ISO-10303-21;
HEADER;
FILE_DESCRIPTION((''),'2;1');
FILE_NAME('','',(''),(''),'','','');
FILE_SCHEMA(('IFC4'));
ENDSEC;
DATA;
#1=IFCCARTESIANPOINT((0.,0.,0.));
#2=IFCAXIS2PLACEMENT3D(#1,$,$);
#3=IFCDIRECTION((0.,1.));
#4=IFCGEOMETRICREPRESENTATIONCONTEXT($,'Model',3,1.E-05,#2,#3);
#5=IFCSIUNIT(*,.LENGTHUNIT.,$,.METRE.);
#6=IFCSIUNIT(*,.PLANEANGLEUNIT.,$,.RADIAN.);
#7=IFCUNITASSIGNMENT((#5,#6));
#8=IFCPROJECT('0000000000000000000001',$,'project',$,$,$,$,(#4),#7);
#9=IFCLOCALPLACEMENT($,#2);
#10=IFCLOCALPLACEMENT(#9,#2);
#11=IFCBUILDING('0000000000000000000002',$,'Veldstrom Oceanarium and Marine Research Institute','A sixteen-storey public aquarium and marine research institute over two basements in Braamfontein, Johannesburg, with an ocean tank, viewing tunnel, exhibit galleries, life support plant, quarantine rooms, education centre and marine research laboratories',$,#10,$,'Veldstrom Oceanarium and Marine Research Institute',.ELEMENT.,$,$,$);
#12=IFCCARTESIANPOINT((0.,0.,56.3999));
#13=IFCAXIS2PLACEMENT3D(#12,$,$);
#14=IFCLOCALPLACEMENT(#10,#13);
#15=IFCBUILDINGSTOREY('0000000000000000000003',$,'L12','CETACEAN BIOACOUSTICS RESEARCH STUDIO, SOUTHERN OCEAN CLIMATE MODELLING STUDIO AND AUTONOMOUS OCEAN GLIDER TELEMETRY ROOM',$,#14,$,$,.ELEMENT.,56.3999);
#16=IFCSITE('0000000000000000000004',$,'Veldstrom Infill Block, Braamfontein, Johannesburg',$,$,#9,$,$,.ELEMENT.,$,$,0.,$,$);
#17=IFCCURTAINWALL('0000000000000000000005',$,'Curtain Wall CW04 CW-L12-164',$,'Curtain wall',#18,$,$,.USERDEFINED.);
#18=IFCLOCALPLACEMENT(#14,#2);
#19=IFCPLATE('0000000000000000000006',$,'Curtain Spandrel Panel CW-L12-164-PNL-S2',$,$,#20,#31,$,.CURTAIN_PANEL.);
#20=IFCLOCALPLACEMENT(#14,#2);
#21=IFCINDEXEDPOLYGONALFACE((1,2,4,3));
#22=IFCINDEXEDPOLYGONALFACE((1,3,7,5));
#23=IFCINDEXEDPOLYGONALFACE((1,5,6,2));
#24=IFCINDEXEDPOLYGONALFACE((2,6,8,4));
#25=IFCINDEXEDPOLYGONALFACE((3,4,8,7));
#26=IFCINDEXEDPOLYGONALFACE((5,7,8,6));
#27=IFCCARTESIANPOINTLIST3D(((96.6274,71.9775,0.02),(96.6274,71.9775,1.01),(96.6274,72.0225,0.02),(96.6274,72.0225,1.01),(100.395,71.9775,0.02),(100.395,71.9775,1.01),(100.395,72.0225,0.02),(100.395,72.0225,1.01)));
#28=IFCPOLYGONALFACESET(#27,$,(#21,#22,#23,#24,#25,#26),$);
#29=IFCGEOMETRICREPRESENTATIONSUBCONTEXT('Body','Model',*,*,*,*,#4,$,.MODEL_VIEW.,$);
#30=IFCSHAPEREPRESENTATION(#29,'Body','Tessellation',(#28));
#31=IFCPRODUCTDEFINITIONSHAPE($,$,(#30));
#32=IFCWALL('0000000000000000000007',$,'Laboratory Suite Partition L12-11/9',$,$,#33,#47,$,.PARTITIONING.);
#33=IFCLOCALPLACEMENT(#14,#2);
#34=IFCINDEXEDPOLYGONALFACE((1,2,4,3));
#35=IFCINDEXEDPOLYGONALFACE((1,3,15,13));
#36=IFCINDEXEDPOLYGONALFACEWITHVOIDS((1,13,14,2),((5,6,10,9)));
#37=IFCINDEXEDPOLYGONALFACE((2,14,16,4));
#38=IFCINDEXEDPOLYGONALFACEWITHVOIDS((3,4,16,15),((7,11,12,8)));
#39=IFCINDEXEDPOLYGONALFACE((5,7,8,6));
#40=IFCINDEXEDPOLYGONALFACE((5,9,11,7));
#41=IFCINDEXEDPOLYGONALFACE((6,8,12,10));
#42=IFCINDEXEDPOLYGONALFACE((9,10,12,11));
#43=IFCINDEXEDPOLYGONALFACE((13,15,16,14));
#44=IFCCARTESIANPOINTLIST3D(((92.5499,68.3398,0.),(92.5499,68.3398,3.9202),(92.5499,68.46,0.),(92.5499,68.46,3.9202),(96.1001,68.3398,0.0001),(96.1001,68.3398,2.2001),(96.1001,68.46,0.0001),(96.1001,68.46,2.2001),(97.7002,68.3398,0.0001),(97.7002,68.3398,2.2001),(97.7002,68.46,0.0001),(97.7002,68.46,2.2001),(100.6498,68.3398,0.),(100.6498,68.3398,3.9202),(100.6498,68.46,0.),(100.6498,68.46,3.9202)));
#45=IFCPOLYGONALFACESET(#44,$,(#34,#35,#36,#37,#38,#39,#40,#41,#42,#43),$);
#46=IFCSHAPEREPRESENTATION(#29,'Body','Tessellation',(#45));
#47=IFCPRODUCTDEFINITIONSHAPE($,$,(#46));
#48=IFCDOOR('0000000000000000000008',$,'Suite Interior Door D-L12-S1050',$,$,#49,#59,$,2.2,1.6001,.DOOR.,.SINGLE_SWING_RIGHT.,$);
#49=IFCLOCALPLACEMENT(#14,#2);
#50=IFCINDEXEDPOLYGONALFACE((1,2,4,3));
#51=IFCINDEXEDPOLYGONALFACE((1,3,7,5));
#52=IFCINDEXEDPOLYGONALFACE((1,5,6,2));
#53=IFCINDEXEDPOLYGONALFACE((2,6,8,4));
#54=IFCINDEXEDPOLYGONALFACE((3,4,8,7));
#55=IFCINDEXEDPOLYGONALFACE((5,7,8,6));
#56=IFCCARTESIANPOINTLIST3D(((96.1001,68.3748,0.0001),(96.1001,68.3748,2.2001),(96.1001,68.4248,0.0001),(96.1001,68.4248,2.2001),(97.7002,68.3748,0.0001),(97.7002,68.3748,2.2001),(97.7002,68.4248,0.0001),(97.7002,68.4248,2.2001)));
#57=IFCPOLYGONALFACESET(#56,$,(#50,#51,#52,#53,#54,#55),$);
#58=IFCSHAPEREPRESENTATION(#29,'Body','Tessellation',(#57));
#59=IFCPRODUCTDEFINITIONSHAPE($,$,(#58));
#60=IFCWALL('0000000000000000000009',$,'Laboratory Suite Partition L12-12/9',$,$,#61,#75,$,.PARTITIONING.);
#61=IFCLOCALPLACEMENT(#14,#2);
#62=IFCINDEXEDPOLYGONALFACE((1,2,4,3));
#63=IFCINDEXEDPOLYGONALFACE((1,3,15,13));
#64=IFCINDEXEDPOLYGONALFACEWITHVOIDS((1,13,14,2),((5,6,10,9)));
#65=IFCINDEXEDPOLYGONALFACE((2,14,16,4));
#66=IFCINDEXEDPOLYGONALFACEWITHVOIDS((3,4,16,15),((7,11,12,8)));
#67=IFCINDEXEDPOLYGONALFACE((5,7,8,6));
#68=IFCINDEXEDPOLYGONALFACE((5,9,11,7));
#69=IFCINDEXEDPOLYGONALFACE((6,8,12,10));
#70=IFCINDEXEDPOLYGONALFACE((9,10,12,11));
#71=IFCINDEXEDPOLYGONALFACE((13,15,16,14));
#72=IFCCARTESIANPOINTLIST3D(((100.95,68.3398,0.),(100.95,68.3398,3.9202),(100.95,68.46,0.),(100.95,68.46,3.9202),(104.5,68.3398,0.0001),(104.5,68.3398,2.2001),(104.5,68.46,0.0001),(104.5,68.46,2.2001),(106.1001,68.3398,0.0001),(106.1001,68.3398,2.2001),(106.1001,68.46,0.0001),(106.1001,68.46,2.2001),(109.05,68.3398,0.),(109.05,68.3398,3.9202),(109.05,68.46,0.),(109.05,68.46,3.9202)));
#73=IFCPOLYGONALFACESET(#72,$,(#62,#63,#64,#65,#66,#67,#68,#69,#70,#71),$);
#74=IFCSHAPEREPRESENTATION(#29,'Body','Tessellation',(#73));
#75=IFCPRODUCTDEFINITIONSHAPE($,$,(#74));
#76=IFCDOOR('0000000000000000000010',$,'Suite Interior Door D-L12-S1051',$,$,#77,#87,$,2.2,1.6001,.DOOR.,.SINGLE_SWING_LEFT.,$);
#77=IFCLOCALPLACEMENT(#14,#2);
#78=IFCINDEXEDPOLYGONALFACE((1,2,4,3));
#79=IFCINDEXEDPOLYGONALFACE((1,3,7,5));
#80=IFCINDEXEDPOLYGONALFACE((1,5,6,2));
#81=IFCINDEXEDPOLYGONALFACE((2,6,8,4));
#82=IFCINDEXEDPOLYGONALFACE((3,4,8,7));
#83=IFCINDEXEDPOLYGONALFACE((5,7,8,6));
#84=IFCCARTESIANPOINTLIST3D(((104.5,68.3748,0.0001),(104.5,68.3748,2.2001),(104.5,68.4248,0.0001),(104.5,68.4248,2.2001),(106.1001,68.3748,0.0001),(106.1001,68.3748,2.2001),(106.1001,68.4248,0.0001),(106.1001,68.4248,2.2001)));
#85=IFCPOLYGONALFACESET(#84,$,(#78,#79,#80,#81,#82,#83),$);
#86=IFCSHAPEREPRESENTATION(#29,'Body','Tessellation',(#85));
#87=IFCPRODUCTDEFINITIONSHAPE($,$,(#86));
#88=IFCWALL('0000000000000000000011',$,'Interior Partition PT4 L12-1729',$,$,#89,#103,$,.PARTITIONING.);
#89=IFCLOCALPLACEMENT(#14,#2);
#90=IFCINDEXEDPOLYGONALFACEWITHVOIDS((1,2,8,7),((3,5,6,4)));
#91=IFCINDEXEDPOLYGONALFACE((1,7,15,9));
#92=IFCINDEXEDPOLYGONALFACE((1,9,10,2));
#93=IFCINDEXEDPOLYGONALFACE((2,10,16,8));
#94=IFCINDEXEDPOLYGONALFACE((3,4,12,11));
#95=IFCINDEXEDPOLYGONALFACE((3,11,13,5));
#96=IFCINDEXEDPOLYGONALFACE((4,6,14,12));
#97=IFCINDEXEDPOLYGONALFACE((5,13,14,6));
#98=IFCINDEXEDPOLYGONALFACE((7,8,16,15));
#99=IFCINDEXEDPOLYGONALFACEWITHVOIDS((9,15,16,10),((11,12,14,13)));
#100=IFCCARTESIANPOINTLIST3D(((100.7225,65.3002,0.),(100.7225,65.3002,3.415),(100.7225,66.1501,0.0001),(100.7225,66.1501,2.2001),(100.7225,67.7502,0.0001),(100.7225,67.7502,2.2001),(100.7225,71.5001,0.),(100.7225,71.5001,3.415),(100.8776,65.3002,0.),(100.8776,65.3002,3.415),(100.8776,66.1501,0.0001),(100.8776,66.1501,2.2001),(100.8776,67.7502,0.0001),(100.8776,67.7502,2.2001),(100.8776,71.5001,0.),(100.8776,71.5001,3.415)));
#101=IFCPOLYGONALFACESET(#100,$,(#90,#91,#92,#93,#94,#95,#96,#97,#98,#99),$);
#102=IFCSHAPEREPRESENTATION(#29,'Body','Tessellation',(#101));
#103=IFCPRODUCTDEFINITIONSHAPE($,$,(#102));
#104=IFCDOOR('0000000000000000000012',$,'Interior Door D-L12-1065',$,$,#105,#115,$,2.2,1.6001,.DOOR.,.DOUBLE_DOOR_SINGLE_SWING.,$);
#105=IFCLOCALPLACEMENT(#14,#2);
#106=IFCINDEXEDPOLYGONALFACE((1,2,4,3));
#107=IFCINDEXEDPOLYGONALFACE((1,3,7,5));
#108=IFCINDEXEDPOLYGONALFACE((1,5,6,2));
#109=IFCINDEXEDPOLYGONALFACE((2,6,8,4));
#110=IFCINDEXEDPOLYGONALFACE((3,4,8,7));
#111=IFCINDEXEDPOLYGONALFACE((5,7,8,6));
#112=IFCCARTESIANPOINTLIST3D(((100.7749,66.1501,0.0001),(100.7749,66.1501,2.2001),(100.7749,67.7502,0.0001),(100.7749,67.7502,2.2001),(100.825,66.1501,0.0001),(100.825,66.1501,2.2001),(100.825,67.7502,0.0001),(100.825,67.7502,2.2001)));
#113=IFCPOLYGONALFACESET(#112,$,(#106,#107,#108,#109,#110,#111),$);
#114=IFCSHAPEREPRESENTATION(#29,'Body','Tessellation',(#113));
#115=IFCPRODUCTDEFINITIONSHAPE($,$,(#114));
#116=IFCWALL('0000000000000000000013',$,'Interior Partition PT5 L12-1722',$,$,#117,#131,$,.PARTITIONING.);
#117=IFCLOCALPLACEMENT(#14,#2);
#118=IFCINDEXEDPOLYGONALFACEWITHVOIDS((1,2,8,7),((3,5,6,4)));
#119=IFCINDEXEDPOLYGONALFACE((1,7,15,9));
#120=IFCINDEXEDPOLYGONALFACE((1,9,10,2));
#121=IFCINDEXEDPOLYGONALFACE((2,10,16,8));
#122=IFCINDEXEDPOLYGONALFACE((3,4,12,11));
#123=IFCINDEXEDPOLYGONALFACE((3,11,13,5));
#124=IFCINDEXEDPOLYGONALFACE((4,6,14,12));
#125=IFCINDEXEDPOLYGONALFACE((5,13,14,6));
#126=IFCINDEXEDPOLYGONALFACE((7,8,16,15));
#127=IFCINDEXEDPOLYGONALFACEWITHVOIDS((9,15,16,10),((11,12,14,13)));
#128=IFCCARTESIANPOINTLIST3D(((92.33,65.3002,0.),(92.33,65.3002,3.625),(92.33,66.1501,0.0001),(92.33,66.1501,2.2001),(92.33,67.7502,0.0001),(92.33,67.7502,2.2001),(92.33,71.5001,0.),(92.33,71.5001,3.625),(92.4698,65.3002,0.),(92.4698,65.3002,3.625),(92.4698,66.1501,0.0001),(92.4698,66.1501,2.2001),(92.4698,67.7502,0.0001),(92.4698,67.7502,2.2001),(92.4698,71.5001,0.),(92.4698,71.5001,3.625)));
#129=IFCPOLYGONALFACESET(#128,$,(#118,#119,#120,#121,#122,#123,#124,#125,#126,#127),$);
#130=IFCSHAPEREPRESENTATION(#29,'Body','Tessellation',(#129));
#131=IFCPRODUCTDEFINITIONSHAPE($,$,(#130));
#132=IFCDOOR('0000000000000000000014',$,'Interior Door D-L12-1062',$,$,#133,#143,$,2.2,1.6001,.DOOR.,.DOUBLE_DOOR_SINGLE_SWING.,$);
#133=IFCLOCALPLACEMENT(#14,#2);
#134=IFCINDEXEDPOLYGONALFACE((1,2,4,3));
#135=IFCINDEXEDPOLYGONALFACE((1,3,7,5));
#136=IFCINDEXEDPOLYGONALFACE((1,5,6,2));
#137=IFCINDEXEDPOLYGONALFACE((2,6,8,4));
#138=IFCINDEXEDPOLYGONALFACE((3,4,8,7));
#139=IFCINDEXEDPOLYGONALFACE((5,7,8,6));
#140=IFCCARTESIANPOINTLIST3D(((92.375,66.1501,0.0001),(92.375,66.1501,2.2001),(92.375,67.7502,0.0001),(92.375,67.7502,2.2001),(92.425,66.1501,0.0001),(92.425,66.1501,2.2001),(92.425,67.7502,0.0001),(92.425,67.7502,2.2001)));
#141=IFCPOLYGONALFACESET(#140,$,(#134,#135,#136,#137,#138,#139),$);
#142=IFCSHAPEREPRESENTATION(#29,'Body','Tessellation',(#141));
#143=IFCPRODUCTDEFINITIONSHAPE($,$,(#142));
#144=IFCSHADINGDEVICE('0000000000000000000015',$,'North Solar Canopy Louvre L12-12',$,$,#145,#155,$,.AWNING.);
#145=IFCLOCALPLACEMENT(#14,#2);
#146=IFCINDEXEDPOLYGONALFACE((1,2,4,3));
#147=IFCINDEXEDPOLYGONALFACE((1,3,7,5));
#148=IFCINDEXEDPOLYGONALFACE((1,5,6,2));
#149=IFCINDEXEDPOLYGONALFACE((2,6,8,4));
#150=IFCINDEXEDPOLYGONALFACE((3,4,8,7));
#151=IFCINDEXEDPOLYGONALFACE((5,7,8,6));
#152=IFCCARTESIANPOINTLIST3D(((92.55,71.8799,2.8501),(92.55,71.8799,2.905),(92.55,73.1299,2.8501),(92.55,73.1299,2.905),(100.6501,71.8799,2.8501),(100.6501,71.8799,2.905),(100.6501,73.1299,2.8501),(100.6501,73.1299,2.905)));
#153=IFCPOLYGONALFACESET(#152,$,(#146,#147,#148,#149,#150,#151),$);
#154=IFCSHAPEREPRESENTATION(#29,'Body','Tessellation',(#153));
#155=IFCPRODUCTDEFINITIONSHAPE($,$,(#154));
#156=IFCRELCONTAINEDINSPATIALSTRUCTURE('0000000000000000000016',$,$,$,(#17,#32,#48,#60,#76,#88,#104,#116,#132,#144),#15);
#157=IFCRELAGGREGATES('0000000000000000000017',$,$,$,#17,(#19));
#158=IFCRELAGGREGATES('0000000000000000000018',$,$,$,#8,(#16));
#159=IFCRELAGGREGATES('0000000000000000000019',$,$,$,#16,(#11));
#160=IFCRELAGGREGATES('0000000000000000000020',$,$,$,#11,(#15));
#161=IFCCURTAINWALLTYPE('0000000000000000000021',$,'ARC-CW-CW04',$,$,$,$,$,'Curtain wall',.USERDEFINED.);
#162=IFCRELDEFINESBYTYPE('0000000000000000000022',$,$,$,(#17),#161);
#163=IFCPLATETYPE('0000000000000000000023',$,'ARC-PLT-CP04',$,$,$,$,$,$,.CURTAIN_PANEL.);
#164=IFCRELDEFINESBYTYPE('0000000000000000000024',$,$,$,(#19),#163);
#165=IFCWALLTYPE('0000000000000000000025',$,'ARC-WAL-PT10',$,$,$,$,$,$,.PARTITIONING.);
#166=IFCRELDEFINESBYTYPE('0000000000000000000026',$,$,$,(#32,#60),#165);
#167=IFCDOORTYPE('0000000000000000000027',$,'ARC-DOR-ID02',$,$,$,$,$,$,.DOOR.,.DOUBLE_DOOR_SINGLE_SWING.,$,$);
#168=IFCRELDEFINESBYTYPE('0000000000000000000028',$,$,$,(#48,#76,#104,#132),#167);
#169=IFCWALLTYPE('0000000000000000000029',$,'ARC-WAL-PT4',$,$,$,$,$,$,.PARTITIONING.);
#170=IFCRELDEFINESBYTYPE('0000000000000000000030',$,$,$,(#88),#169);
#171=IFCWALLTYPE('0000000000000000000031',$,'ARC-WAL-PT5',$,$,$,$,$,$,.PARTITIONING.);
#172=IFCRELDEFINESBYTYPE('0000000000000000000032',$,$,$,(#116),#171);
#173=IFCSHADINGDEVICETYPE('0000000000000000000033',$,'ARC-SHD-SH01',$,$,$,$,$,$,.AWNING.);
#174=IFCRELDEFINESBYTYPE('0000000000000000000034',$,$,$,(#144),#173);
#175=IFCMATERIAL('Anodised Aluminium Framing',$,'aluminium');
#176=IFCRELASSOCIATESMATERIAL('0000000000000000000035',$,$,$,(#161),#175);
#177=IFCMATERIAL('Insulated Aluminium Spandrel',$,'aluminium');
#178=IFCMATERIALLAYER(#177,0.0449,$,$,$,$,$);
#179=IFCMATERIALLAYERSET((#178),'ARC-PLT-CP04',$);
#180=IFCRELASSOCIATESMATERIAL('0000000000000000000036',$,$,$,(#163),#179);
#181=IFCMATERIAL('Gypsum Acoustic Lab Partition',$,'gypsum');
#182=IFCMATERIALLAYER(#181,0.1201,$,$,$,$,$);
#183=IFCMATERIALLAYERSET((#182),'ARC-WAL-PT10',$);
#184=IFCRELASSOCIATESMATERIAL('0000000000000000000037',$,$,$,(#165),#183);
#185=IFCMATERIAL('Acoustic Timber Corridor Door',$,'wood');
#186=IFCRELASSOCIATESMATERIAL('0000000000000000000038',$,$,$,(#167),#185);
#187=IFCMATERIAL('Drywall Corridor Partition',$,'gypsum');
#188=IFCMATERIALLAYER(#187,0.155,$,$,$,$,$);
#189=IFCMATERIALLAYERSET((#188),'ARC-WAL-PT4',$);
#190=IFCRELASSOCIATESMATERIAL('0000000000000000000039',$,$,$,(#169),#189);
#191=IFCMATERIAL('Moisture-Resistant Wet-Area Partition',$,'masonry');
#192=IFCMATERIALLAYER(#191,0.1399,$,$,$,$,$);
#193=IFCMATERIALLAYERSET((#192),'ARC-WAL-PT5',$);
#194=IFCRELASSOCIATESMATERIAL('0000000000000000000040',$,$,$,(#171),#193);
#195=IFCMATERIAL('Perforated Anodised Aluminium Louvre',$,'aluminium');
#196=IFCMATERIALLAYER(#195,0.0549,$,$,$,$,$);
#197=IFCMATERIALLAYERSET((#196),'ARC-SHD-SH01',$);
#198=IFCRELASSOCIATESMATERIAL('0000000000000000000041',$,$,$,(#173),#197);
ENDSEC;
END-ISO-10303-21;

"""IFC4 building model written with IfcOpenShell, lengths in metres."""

from ifc_helpers import new_model, si_unit, direction, frame, frame_2d, origin, origin_2d, place, context, subcontext, project, spatial, rectangle, extrude, material, layer, layer_set, type_object, element, fill, aggregate, save


model = new_model("IFC4")

# Units and contexts
model_context = context("Model", 3, precision=1e-05, world=origin(), true_north=direction((0.0, 1.0)))
body_context = subcontext(model_context, "Body", "Model", "MODEL_VIEW")
ifc_project = project(units=[si_unit("LENGTHUNIT", "METRE"), si_unit("PLANEANGLEUNIT", "RADIAN")], contexts=[model_context])

# Site, building, storey
site_placement = place(None, origin())
site = spatial("IfcSite", under=ifc_project, at=site_placement, Name="Veldstrom Infill Block, Braamfontein, Johannesburg", CompositionType="ELEMENT", RefElevation=0.0)
building_placement = place(site_placement, origin())
building = spatial("IfcBuilding", under=site, at=building_placement, Name="Veldstrom Oceanarium and Marine Research Institute", Description="A sixteen-storey public aquarium and marine research institute over two basements in Braamfontein, Johannesburg, with an ocean tank, viewing tunnel, exhibit galleries, life support plant, quarantine rooms, education centre and marine research laboratories", LongName="Veldstrom Oceanarium and Marine Research Institute", CompositionType="ELEMENT")
storey_placement = place(building_placement, frame((0.0, 0.0, 56.3999)))
storey = spatial("IfcBuildingStorey", under=building, at=storey_placement, Name="L12", Description="CETACEAN BIOACOUSTICS RESEARCH STUDIO, SOUTHERN OCEAN CLIMATE MODELLING STUDIO AND AUTONOMOUS OCEAN GLIDER TELEMETRY ROOM", CompositionType="ELEMENT", Elevation=56.3999)

# Curtain wall
ifc_material_1 = material(Name="Anodised Aluminium Framing", Category="aluminium")
curtain_wall_type = type_object("IfcCurtainWallType", Name="ARC-CW-CW04", ElementType="Curtain wall", PredefinedType="USERDEFINED", material=ifc_material_1)
curtain_wall_placement = place(storey_placement, origin())
curtain_wall = element("IfcCurtainWall", 1, at=curtain_wall_placement, inside=storey, type_object=curtain_wall_type, Name="Curtain Wall CW04 CW-L12-164", ObjectType="Curtain wall", PredefinedType="USERDEFINED")

# Plate
ifc_material_2 = material(Name="Insulated Aluminium Spandrel", Category="aluminium")
ifc_layer_1 = layer(ifc_material_2, 0.0449)
ifc_layer_set_1 = layer_set([ifc_layer_1], Name="ARC-PLT-CP04")
plate_type_1 = type_object("IfcPlateType", Name="ARC-PLT-CP04", PredefinedType="CURTAIN_PANEL", material=ifc_layer_set_1)
plate_1_placement = place(storey_placement, frame((98.5112, 72.0, 0.02), z_axis=(0.0, 0.0, 1.0), x_axis=(1.0, 0.0, 0.0)))
plate_1 = element("IfcPlate", 2, at=plate_1_placement, type_object=plate_type_1, Name="Curtain Spandrel Panel CW-L12-164-PNL-S2", PredefinedType="CURTAIN_PANEL", context=body_context, shape_type="SweptSolid", body=[
    extrude(rectangle(XDim=3.7676, YDim=0.0449, at=origin_2d()), origin(), (0.0, 0.0, 1.0), 0.99),
])
aggregate(curtain_wall, [plate_1])

# Walls, openings, doors
ifc_material_3 = material(Name="Gypsum Acoustic Lab Partition", Category="gypsum")
ifc_layer_2 = layer(ifc_material_3, 0.1201)
ifc_layer_set_2 = layer_set([ifc_layer_2], Name="ARC-WAL-PT10")
wall_type_1 = type_object("IfcWallType", Name="ARC-WAL-PT10", PredefinedType="PARTITIONING", material=ifc_layer_set_2)
wall_1_placement = place(storey_placement, frame((92.55, 68.3999, 0.0), z_axis=(0.0, 0.0, 1.0), x_axis=(1.0, 0.0, 0.0)))
wall_1 = element("IfcWall", 3, at=wall_1_placement, inside=storey, type_object=wall_type_1, Name="Laboratory Suite Partition L12-11/9", PredefinedType="PARTITIONING", context=body_context, shape_type="SweptSolid", body=[
    extrude(rectangle(XDim=8.0999, YDim=0.1201, at=frame_2d((4.0498, 0.0))), origin(), (0.0, 0.0, 1.0), 3.9202),
])
opening_1_placement = place(wall_1_placement, frame((3.55, 0.0, 0.0)))
opening_1 = element("IfcOpeningElement", 4, at=opening_1_placement, cuts=wall_1, PredefinedType="OPENING", context=body_context, shape_type="SweptSolid", body=[
    extrude(rectangle(XDim=1.6001, YDim=2.2, at=frame_2d((0.8, 1.1001))), frame((0.0, 0.0701, 0.0), z_axis=(0.0, -1.0, 0.0), x_axis=(1.0, 0.0, 0.0)), (0.0, 0.0, 1.0), 0.1401),
])
ifc_material_4 = material(Name="Acoustic Timber Corridor Door", Category="wood")
door_type = type_object("IfcDoorType", Name="ARC-DOR-ID02", OperationType="DOUBLE_DOOR_SINGLE_SWING", PredefinedType="DOOR", material=ifc_material_4)
door_1_placement = place(opening_1_placement, origin())
door_1 = element("IfcDoor", 5, at=door_1_placement, inside=storey, type_object=door_type, Name="Suite Interior Door D-L12-S1050", OperationType="SINGLE_SWING_RIGHT", OverallHeight=2.2, OverallWidth=1.6001, PredefinedType="DOOR", context=body_context, shape_type="SweptSolid", body=[
    extrude(rectangle(XDim=1.6001, YDim=2.2, at=frame_2d((0.8, 1.1001))), frame((0.0, 0.0249, 0.0), z_axis=(0.0, -1.0, 0.0), x_axis=(1.0, 0.0, 0.0)), (0.0, 0.0, 1.0), 0.05),
])
fill(opening_1, door_1)
wall_2_placement = place(storey_placement, frame((100.95, 68.3999, 0.0), z_axis=(0.0, 0.0, 1.0), x_axis=(1.0, 0.0, 0.0)))
wall_2 = element("IfcWall", 6, at=wall_2_placement, inside=storey, type_object=wall_type_1, Name="Laboratory Suite Partition L12-12/9", PredefinedType="PARTITIONING", context=body_context, shape_type="SweptSolid", body=[
    extrude(rectangle(XDim=8.1001, YDim=0.1201, at=frame_2d((4.05, 0.0))), origin(), (0.0, 0.0, 1.0), 3.9202),
])
opening_2_placement = place(wall_2_placement, frame((3.55, 0.0, 0.0)))
opening_2 = element("IfcOpeningElement", 7, at=opening_2_placement, cuts=wall_2, PredefinedType="OPENING", context=body_context, shape_type="SweptSolid", body=[
    extrude(rectangle(XDim=1.6001, YDim=2.2, at=frame_2d((0.8, 1.1001))), frame((0.0, 0.0701, 0.0), z_axis=(0.0, -1.0, 0.0), x_axis=(1.0, 0.0, 0.0)), (0.0, 0.0, 1.0), 0.1401),
])
door_2_placement = place(opening_2_placement, origin())
door_2 = element("IfcDoor", 8, at=door_2_placement, inside=storey, type_object=door_type, Name="Suite Interior Door D-L12-S1051", OperationType="SINGLE_SWING_LEFT", OverallHeight=2.2, OverallWidth=1.6001, PredefinedType="DOOR", context=body_context, shape_type="SweptSolid", body=[
    extrude(rectangle(XDim=1.6001, YDim=2.2, at=frame_2d((0.8, 1.1001))), frame((0.0, 0.0249, 0.0), z_axis=(0.0, -1.0, 0.0), x_axis=(1.0, 0.0, 0.0)), (0.0, 0.0, 1.0), 0.05),
])
fill(opening_2, door_2)
ifc_material_5 = material(Name="Drywall Corridor Partition", Category="gypsum")
ifc_layer_3 = layer(ifc_material_5, 0.155)
ifc_layer_set_3 = layer_set([ifc_layer_3], Name="ARC-WAL-PT4")
wall_type_2 = type_object("IfcWallType", Name="ARC-WAL-PT4", PredefinedType="PARTITIONING", material=ifc_layer_set_3)
wall_3_placement = place(storey_placement, frame((100.8, 65.3, 0.0), z_axis=(0.0, 0.0, 1.0), x_axis=(0.0, 1.0, 0.0)))
wall_3 = element("IfcWall", 9, at=wall_3_placement, inside=storey, type_object=wall_type_2, Name="Interior Partition PT4 L12-1729", PredefinedType="PARTITIONING", context=body_context, shape_type="SweptSolid", body=[
    extrude(rectangle(XDim=6.2, YDim=0.155, at=frame_2d((3.1001, 0.0))), origin(), (0.0, 0.0, 1.0), 3.415),
])
opening_3_placement = place(wall_3_placement, frame((0.8501, 0.0, 0.0)))
opening_3 = element("IfcOpeningElement", 10, at=opening_3_placement, cuts=wall_3, PredefinedType="OPENING", context=body_context, shape_type="SweptSolid", body=[
    extrude(rectangle(XDim=1.6001, YDim=2.2, at=frame_2d((0.8, 1.1001))), frame((0.0, 0.0874, 0.0), z_axis=(0.0, -1.0, 0.0), x_axis=(1.0, 0.0, 0.0)), (0.0, 0.0, 1.0), 0.175),
])
door_3_placement = place(opening_3_placement, frame((1.6001, 0.0, 0.0), z_axis=(0.0, 0.0, 1.0), x_axis=(-1.0, 0.0, 0.0)))
door_3 = element("IfcDoor", 11, at=door_3_placement, inside=storey, type_object=door_type, Name="Interior Door D-L12-1065", OperationType="DOUBLE_DOOR_SINGLE_SWING", OverallHeight=2.2, OverallWidth=1.6001, PredefinedType="DOOR", context=body_context, shape_type="SweptSolid", body=[
    extrude(rectangle(XDim=1.6001, YDim=2.2, at=frame_2d((0.8, 1.1001))), frame((0.0, 0.0249, 0.0), z_axis=(0.0, -1.0, 0.0), x_axis=(1.0, 0.0, 0.0)), (0.0, 0.0, 1.0), 0.05),
])
fill(opening_3, door_3)
ifc_material_6 = material(Name="Moisture-Resistant Wet-Area Partition", Category="masonry")
ifc_layer_4 = layer(ifc_material_6, 0.1399)
ifc_layer_set_4 = layer_set([ifc_layer_4], Name="ARC-WAL-PT5")
wall_type_3 = type_object("IfcWallType", Name="ARC-WAL-PT5", PredefinedType="PARTITIONING", material=ifc_layer_set_4)
wall_4_placement = place(storey_placement, frame((92.3999, 65.3, 0.0), z_axis=(0.0, 0.0, 1.0), x_axis=(0.0, 1.0, 0.0)))
wall_4 = element("IfcWall", 12, at=wall_4_placement, inside=storey, type_object=wall_type_3, Name="Interior Partition PT5 L12-1722", PredefinedType="PARTITIONING", context=body_context, shape_type="SweptSolid", body=[
    extrude(rectangle(XDim=6.2, YDim=0.1399, at=frame_2d((3.1001, 0.0))), origin(), (0.0, 0.0, 1.0), 3.625),
])
opening_4_placement = place(wall_4_placement, frame((0.8501, 0.0, 0.0)))
opening_4 = element("IfcOpeningElement", 13, at=opening_4_placement, cuts=wall_4, PredefinedType="OPENING", context=body_context, shape_type="SweptSolid", body=[
    extrude(rectangle(XDim=1.6001, YDim=2.2, at=frame_2d((0.8, 1.1001))), frame((0.0, 0.0798, 0.0), z_axis=(0.0, -1.0, 0.0), x_axis=(1.0, 0.0, 0.0)), (0.0, 0.0, 1.0), 0.1599),
])
door_4_placement = place(opening_4_placement, origin())
door_4 = element("IfcDoor", 14, at=door_4_placement, inside=storey, type_object=door_type, Name="Interior Door D-L12-1062", OperationType="DOUBLE_DOOR_SINGLE_SWING", OverallHeight=2.2, OverallWidth=1.6001, PredefinedType="DOOR", context=body_context, shape_type="SweptSolid", body=[
    extrude(rectangle(XDim=1.6001, YDim=2.2, at=frame_2d((0.8, 1.1001))), frame((0.0, 0.0249, 0.0), z_axis=(0.0, -1.0, 0.0), x_axis=(1.0, 0.0, 0.0)), (0.0, 0.0, 1.0), 0.05),
])
fill(opening_4, door_4)

# Shading device
ifc_material_7 = material(Name="Perforated Anodised Aluminium Louvre", Category="aluminium")
ifc_layer_5 = layer(ifc_material_7, 0.0549)
ifc_layer_set_5 = layer_set([ifc_layer_5], Name="ARC-SHD-SH01")
shading_device_type = type_object("IfcShadingDeviceType", Name="ARC-SHD-SH01", PredefinedType="AWNING", material=ifc_layer_set_5)
shading_device_placement = place(storey_placement, frame((96.6001, 72.5049, 2.8501), z_axis=(0.0, 0.0, 1.0), x_axis=(1.0, 0.0, 0.0)))
element("IfcShadingDevice", 15, at=shading_device_placement, inside=storey, type_object=shading_device_type, Name="North Solar Canopy Louvre L12-12", PredefinedType="AWNING", context=body_context, shape_type="SweptSolid", body=[
    extrude(rectangle(XDim=8.1001, YDim=1.25, at=origin_2d()), origin(), (0.0, 0.0, 1.0), 0.0549),
])

save(model, "model.ifc")
